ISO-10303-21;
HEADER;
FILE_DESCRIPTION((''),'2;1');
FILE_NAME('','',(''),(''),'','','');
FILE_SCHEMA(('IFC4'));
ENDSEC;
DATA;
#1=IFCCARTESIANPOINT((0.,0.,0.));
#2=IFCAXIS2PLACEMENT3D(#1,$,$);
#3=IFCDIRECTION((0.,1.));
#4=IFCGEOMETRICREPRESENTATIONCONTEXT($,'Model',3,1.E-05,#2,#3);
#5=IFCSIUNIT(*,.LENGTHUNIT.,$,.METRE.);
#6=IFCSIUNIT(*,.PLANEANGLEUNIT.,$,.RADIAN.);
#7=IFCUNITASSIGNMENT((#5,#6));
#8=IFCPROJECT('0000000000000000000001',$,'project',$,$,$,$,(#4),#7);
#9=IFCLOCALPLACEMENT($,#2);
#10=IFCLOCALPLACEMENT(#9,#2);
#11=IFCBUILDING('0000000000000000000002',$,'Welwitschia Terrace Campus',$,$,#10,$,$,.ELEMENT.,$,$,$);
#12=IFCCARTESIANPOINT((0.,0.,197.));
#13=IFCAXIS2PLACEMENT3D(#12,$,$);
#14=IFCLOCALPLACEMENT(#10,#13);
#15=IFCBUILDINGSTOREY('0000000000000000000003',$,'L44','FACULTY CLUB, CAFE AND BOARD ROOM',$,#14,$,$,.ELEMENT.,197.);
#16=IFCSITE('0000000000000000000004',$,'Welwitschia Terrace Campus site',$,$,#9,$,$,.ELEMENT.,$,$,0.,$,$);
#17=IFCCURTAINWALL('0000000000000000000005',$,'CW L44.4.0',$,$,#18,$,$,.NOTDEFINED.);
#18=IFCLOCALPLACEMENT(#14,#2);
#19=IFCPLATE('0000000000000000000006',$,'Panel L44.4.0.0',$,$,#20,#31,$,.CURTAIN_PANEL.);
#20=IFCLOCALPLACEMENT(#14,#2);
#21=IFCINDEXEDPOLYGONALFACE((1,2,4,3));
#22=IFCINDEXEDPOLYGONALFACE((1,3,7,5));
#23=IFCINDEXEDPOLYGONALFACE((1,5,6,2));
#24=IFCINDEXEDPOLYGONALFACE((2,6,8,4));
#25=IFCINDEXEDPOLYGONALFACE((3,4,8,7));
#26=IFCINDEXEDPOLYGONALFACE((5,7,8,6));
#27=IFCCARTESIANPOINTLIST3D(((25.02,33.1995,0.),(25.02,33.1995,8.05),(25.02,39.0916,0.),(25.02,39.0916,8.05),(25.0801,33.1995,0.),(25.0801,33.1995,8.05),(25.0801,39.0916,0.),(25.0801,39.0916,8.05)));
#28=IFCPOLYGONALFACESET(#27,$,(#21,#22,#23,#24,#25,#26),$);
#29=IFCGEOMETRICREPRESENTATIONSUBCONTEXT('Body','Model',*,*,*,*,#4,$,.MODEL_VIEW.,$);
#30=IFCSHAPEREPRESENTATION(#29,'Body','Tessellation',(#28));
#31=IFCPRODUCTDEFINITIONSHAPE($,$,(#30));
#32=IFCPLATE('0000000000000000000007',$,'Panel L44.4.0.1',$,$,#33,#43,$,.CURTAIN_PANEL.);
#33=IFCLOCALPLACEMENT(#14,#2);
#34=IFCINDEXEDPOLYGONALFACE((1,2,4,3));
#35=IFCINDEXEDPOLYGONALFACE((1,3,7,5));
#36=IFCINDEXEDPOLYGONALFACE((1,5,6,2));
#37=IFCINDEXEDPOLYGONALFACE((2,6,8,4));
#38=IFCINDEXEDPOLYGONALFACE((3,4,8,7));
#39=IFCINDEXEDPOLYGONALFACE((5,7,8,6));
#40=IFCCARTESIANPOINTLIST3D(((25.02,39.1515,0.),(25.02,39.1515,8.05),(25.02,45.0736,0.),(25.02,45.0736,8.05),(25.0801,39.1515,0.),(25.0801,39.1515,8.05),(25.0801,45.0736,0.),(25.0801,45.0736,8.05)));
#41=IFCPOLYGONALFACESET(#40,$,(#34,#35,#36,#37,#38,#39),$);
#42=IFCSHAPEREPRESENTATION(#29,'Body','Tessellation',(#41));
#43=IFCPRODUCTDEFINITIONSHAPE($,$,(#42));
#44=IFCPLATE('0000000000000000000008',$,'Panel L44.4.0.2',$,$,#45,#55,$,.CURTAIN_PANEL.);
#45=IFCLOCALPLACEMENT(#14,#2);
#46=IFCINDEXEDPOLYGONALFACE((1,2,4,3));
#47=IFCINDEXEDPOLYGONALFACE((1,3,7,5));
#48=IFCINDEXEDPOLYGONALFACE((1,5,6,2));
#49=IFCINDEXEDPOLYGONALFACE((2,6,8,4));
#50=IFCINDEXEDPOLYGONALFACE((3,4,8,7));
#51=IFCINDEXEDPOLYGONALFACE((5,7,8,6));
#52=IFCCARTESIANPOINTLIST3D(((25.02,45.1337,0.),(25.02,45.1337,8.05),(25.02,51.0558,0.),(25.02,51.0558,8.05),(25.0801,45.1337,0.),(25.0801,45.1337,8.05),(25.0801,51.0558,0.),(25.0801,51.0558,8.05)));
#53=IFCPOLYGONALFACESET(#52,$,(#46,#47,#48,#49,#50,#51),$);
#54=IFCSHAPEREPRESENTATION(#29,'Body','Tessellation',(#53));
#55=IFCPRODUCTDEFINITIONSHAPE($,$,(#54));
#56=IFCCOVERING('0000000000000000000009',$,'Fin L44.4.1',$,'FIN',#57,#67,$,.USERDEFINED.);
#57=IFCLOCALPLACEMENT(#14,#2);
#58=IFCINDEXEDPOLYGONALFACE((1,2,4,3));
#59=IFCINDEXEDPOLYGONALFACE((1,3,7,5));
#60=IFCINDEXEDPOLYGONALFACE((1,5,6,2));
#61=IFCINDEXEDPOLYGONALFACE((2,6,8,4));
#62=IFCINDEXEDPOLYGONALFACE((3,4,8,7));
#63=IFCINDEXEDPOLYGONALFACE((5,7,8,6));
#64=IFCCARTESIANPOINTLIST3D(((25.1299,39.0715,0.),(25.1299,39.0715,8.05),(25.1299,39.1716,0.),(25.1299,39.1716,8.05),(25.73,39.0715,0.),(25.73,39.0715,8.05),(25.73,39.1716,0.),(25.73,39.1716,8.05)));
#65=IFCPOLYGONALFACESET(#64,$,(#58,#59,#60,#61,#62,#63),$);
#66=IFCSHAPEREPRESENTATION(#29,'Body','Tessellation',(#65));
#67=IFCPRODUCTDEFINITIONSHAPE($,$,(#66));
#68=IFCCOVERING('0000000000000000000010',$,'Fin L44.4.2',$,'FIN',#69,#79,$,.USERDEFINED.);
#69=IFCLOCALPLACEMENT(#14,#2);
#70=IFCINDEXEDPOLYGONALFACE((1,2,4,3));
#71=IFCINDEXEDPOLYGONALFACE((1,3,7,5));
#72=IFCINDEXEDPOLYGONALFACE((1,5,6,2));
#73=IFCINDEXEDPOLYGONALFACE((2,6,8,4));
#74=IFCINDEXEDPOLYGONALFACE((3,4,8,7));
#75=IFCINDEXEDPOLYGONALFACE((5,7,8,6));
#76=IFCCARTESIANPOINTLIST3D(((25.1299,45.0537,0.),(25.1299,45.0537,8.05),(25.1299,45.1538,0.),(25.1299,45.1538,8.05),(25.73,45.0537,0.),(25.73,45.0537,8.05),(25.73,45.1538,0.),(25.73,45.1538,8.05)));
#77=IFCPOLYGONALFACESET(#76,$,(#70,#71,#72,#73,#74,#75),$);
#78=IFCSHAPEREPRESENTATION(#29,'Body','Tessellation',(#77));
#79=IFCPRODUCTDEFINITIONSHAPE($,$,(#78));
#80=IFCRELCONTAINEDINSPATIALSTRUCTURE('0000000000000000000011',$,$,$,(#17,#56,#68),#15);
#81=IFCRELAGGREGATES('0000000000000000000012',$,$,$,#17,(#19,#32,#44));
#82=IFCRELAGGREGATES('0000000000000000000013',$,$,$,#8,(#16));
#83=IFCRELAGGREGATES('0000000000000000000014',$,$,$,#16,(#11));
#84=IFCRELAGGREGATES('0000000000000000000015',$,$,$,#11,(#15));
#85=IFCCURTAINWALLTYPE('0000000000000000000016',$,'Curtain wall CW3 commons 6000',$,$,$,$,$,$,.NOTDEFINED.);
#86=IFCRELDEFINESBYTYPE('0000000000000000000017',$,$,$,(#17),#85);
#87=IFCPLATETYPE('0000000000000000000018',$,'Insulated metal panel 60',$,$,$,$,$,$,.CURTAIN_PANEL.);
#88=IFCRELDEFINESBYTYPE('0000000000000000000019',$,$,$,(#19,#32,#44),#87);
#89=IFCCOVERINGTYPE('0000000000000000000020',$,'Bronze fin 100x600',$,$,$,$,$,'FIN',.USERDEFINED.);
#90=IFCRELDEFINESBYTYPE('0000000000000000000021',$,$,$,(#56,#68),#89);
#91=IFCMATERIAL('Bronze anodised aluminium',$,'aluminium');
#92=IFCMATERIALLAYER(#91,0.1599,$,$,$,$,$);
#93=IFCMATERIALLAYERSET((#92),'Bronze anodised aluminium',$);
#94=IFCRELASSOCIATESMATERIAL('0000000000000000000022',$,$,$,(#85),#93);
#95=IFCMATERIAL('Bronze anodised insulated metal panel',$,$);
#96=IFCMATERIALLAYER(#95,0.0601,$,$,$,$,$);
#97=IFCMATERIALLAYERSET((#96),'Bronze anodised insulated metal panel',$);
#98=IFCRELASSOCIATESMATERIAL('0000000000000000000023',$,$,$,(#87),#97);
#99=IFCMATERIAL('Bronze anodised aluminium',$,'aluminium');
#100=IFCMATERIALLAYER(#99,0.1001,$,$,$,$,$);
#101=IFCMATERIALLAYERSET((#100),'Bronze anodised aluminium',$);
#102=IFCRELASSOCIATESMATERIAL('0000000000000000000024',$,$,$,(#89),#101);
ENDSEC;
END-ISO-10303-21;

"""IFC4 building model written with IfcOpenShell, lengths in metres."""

from ifc_helpers import new_model, si_unit, direction, frame, origin, origin_2d, place, context, subcontext, project, spatial, rectangle, extrude, material, layer, layer_set, type_object, element, aggregate, save


model = new_model("IFC4")

# Units and contexts
model_context = context("Model", 3, precision=1e-05, world=origin(), true_north=direction((0.0, 1.0)))
body_context = subcontext(model_context, "Body", "Model", "MODEL_VIEW")
ifc_project = project(units=[si_unit("LENGTHUNIT", "METRE"), si_unit("PLANEANGLEUNIT", "RADIAN")], contexts=[model_context])

# Site, building, storey
site_placement = place(None, origin())
site = spatial("IfcSite", under=ifc_project, at=site_placement, Name="Welwitschia Terrace Campus site", CompositionType="ELEMENT", RefElevation=0.0)
building_placement = place(site_placement, origin())
building = spatial("IfcBuilding", under=site, at=building_placement, Name="Welwitschia Terrace Campus", CompositionType="ELEMENT")
storey_placement = place(building_placement, frame((0.0, 0.0, 197.0)))
storey = spatial("IfcBuildingStorey", under=building, at=storey_placement, Name="L44", Description="FACULTY CLUB, CAFE AND BOARD ROOM", CompositionType="ELEMENT", Elevation=197.0)

# Curtain wall
ifc_material_1 = material(Name="Bronze anodised aluminium", Category="aluminium")
ifc_layer_1 = layer(ifc_material_1, 0.1599)
ifc_layer_set_1 = layer_set([ifc_layer_1], Name="Bronze anodised aluminium")
curtain_wall_type = type_object("IfcCurtainWallType", Name="Curtain wall CW3 commons 6000", PredefinedType="NOTDEFINED", material=ifc_layer_set_1)
curtain_wall_placement = place(storey_placement, origin())
curtain_wall = element("IfcCurtainWall", 1, at=curtain_wall_placement, inside=storey, type_object=curtain_wall_type, Name="CW L44.4.0", PredefinedType="NOTDEFINED")

# Plates
ifc_material_2 = material(Name="Bronze anodised insulated metal panel")
ifc_layer_2 = layer(ifc_material_2, 0.0601)
ifc_layer_set_2 = layer_set([ifc_layer_2], Name="Bronze anodised insulated metal panel")
plate_type = type_object("IfcPlateType", Name="Insulated metal panel 60", PredefinedType="CURTAIN_PANEL", material=ifc_layer_set_2)
plate_1_placement = place(storey_placement, frame((25.05, 36.1455, 0.0), z_axis=(0.0, 0.0, 1.0), x_axis=(0.0, 1.0, 0.0)))
plate_1 = element("IfcPlate", 2, at=plate_1_placement, type_object=plate_type, Name="Panel L44.4.0.0", PredefinedType="CURTAIN_PANEL", context=body_context, shape_type="SweptSolid", body=[
    extrude(rectangle(XDim=5.8921, YDim=0.0601, at=origin_2d()), origin(), (0.0, 0.0, 1.0), 8.05),
])
plate_2_placement = place(storey_placement, frame((25.05, 42.1125, 0.0), z_axis=(0.0, 0.0, 1.0), x_axis=(0.0, 1.0, 0.0)))
plate_2 = element("IfcPlate", 3, at=plate_2_placement, type_object=plate_type, Name="Panel L44.4.0.1", PredefinedType="CURTAIN_PANEL", context=body_context, shape_type="SweptSolid", body=[
    extrude(rectangle(XDim=5.9221, YDim=0.0601, at=origin_2d()), origin(), (0.0, 0.0, 1.0), 8.05),
])
plate_3_placement = place(storey_placement, frame((25.05, 48.0947, 0.0), z_axis=(0.0, 0.0, 1.0), x_axis=(0.0, 1.0, 0.0)))
plate_3 = element("IfcPlate", 4, at=plate_3_placement, type_object=plate_type, Name="Panel L44.4.0.2", PredefinedType="CURTAIN_PANEL", context=body_context, shape_type="SweptSolid", body=[
    extrude(rectangle(XDim=5.9221, YDim=0.0601, at=origin_2d()), origin(), (0.0, 0.0, 1.0), 8.05),
])
aggregate(curtain_wall, [plate_1, plate_2, plate_3])

# Coverings
ifc_material_3 = material(Name="Bronze anodised aluminium", Category="aluminium")
ifc_layer_3 = layer(ifc_material_3, 0.1001)
ifc_layer_set_3 = layer_set([ifc_layer_3], Name="Bronze anodised aluminium")
covering_type = type_object("IfcCoveringType", Name="Bronze fin 100x600", ElementType="FIN", PredefinedType="USERDEFINED", material=ifc_layer_set_3)
for number, where, z_axis, x_axis, name in (
    (5, (25.4299, 39.1216, 0.0), (0.0, 0.0, 1.0), (0.0, 1.0, 0.0), "Fin L44.4.1"),
    (6, (25.4299, 45.1038, 0.0), (0.0, 0.0, 1.0), (0.0, 1.0, 0.0), "Fin L44.4.2"),
):
    element("IfcCovering", number, at=place(storey_placement, frame(where, z_axis=z_axis, x_axis=x_axis)), inside=storey, type_object=covering_type, Name=name, ObjectType="FIN", PredefinedType="USERDEFINED", context=body_context, shape_type="SweptSolid", body=[
        extrude(rectangle(XDim=0.1001, YDim=0.6001, at=origin_2d()), origin(), (0.0, 0.0, 1.0), 8.05),
    ])

save(model, "model.ifc")
